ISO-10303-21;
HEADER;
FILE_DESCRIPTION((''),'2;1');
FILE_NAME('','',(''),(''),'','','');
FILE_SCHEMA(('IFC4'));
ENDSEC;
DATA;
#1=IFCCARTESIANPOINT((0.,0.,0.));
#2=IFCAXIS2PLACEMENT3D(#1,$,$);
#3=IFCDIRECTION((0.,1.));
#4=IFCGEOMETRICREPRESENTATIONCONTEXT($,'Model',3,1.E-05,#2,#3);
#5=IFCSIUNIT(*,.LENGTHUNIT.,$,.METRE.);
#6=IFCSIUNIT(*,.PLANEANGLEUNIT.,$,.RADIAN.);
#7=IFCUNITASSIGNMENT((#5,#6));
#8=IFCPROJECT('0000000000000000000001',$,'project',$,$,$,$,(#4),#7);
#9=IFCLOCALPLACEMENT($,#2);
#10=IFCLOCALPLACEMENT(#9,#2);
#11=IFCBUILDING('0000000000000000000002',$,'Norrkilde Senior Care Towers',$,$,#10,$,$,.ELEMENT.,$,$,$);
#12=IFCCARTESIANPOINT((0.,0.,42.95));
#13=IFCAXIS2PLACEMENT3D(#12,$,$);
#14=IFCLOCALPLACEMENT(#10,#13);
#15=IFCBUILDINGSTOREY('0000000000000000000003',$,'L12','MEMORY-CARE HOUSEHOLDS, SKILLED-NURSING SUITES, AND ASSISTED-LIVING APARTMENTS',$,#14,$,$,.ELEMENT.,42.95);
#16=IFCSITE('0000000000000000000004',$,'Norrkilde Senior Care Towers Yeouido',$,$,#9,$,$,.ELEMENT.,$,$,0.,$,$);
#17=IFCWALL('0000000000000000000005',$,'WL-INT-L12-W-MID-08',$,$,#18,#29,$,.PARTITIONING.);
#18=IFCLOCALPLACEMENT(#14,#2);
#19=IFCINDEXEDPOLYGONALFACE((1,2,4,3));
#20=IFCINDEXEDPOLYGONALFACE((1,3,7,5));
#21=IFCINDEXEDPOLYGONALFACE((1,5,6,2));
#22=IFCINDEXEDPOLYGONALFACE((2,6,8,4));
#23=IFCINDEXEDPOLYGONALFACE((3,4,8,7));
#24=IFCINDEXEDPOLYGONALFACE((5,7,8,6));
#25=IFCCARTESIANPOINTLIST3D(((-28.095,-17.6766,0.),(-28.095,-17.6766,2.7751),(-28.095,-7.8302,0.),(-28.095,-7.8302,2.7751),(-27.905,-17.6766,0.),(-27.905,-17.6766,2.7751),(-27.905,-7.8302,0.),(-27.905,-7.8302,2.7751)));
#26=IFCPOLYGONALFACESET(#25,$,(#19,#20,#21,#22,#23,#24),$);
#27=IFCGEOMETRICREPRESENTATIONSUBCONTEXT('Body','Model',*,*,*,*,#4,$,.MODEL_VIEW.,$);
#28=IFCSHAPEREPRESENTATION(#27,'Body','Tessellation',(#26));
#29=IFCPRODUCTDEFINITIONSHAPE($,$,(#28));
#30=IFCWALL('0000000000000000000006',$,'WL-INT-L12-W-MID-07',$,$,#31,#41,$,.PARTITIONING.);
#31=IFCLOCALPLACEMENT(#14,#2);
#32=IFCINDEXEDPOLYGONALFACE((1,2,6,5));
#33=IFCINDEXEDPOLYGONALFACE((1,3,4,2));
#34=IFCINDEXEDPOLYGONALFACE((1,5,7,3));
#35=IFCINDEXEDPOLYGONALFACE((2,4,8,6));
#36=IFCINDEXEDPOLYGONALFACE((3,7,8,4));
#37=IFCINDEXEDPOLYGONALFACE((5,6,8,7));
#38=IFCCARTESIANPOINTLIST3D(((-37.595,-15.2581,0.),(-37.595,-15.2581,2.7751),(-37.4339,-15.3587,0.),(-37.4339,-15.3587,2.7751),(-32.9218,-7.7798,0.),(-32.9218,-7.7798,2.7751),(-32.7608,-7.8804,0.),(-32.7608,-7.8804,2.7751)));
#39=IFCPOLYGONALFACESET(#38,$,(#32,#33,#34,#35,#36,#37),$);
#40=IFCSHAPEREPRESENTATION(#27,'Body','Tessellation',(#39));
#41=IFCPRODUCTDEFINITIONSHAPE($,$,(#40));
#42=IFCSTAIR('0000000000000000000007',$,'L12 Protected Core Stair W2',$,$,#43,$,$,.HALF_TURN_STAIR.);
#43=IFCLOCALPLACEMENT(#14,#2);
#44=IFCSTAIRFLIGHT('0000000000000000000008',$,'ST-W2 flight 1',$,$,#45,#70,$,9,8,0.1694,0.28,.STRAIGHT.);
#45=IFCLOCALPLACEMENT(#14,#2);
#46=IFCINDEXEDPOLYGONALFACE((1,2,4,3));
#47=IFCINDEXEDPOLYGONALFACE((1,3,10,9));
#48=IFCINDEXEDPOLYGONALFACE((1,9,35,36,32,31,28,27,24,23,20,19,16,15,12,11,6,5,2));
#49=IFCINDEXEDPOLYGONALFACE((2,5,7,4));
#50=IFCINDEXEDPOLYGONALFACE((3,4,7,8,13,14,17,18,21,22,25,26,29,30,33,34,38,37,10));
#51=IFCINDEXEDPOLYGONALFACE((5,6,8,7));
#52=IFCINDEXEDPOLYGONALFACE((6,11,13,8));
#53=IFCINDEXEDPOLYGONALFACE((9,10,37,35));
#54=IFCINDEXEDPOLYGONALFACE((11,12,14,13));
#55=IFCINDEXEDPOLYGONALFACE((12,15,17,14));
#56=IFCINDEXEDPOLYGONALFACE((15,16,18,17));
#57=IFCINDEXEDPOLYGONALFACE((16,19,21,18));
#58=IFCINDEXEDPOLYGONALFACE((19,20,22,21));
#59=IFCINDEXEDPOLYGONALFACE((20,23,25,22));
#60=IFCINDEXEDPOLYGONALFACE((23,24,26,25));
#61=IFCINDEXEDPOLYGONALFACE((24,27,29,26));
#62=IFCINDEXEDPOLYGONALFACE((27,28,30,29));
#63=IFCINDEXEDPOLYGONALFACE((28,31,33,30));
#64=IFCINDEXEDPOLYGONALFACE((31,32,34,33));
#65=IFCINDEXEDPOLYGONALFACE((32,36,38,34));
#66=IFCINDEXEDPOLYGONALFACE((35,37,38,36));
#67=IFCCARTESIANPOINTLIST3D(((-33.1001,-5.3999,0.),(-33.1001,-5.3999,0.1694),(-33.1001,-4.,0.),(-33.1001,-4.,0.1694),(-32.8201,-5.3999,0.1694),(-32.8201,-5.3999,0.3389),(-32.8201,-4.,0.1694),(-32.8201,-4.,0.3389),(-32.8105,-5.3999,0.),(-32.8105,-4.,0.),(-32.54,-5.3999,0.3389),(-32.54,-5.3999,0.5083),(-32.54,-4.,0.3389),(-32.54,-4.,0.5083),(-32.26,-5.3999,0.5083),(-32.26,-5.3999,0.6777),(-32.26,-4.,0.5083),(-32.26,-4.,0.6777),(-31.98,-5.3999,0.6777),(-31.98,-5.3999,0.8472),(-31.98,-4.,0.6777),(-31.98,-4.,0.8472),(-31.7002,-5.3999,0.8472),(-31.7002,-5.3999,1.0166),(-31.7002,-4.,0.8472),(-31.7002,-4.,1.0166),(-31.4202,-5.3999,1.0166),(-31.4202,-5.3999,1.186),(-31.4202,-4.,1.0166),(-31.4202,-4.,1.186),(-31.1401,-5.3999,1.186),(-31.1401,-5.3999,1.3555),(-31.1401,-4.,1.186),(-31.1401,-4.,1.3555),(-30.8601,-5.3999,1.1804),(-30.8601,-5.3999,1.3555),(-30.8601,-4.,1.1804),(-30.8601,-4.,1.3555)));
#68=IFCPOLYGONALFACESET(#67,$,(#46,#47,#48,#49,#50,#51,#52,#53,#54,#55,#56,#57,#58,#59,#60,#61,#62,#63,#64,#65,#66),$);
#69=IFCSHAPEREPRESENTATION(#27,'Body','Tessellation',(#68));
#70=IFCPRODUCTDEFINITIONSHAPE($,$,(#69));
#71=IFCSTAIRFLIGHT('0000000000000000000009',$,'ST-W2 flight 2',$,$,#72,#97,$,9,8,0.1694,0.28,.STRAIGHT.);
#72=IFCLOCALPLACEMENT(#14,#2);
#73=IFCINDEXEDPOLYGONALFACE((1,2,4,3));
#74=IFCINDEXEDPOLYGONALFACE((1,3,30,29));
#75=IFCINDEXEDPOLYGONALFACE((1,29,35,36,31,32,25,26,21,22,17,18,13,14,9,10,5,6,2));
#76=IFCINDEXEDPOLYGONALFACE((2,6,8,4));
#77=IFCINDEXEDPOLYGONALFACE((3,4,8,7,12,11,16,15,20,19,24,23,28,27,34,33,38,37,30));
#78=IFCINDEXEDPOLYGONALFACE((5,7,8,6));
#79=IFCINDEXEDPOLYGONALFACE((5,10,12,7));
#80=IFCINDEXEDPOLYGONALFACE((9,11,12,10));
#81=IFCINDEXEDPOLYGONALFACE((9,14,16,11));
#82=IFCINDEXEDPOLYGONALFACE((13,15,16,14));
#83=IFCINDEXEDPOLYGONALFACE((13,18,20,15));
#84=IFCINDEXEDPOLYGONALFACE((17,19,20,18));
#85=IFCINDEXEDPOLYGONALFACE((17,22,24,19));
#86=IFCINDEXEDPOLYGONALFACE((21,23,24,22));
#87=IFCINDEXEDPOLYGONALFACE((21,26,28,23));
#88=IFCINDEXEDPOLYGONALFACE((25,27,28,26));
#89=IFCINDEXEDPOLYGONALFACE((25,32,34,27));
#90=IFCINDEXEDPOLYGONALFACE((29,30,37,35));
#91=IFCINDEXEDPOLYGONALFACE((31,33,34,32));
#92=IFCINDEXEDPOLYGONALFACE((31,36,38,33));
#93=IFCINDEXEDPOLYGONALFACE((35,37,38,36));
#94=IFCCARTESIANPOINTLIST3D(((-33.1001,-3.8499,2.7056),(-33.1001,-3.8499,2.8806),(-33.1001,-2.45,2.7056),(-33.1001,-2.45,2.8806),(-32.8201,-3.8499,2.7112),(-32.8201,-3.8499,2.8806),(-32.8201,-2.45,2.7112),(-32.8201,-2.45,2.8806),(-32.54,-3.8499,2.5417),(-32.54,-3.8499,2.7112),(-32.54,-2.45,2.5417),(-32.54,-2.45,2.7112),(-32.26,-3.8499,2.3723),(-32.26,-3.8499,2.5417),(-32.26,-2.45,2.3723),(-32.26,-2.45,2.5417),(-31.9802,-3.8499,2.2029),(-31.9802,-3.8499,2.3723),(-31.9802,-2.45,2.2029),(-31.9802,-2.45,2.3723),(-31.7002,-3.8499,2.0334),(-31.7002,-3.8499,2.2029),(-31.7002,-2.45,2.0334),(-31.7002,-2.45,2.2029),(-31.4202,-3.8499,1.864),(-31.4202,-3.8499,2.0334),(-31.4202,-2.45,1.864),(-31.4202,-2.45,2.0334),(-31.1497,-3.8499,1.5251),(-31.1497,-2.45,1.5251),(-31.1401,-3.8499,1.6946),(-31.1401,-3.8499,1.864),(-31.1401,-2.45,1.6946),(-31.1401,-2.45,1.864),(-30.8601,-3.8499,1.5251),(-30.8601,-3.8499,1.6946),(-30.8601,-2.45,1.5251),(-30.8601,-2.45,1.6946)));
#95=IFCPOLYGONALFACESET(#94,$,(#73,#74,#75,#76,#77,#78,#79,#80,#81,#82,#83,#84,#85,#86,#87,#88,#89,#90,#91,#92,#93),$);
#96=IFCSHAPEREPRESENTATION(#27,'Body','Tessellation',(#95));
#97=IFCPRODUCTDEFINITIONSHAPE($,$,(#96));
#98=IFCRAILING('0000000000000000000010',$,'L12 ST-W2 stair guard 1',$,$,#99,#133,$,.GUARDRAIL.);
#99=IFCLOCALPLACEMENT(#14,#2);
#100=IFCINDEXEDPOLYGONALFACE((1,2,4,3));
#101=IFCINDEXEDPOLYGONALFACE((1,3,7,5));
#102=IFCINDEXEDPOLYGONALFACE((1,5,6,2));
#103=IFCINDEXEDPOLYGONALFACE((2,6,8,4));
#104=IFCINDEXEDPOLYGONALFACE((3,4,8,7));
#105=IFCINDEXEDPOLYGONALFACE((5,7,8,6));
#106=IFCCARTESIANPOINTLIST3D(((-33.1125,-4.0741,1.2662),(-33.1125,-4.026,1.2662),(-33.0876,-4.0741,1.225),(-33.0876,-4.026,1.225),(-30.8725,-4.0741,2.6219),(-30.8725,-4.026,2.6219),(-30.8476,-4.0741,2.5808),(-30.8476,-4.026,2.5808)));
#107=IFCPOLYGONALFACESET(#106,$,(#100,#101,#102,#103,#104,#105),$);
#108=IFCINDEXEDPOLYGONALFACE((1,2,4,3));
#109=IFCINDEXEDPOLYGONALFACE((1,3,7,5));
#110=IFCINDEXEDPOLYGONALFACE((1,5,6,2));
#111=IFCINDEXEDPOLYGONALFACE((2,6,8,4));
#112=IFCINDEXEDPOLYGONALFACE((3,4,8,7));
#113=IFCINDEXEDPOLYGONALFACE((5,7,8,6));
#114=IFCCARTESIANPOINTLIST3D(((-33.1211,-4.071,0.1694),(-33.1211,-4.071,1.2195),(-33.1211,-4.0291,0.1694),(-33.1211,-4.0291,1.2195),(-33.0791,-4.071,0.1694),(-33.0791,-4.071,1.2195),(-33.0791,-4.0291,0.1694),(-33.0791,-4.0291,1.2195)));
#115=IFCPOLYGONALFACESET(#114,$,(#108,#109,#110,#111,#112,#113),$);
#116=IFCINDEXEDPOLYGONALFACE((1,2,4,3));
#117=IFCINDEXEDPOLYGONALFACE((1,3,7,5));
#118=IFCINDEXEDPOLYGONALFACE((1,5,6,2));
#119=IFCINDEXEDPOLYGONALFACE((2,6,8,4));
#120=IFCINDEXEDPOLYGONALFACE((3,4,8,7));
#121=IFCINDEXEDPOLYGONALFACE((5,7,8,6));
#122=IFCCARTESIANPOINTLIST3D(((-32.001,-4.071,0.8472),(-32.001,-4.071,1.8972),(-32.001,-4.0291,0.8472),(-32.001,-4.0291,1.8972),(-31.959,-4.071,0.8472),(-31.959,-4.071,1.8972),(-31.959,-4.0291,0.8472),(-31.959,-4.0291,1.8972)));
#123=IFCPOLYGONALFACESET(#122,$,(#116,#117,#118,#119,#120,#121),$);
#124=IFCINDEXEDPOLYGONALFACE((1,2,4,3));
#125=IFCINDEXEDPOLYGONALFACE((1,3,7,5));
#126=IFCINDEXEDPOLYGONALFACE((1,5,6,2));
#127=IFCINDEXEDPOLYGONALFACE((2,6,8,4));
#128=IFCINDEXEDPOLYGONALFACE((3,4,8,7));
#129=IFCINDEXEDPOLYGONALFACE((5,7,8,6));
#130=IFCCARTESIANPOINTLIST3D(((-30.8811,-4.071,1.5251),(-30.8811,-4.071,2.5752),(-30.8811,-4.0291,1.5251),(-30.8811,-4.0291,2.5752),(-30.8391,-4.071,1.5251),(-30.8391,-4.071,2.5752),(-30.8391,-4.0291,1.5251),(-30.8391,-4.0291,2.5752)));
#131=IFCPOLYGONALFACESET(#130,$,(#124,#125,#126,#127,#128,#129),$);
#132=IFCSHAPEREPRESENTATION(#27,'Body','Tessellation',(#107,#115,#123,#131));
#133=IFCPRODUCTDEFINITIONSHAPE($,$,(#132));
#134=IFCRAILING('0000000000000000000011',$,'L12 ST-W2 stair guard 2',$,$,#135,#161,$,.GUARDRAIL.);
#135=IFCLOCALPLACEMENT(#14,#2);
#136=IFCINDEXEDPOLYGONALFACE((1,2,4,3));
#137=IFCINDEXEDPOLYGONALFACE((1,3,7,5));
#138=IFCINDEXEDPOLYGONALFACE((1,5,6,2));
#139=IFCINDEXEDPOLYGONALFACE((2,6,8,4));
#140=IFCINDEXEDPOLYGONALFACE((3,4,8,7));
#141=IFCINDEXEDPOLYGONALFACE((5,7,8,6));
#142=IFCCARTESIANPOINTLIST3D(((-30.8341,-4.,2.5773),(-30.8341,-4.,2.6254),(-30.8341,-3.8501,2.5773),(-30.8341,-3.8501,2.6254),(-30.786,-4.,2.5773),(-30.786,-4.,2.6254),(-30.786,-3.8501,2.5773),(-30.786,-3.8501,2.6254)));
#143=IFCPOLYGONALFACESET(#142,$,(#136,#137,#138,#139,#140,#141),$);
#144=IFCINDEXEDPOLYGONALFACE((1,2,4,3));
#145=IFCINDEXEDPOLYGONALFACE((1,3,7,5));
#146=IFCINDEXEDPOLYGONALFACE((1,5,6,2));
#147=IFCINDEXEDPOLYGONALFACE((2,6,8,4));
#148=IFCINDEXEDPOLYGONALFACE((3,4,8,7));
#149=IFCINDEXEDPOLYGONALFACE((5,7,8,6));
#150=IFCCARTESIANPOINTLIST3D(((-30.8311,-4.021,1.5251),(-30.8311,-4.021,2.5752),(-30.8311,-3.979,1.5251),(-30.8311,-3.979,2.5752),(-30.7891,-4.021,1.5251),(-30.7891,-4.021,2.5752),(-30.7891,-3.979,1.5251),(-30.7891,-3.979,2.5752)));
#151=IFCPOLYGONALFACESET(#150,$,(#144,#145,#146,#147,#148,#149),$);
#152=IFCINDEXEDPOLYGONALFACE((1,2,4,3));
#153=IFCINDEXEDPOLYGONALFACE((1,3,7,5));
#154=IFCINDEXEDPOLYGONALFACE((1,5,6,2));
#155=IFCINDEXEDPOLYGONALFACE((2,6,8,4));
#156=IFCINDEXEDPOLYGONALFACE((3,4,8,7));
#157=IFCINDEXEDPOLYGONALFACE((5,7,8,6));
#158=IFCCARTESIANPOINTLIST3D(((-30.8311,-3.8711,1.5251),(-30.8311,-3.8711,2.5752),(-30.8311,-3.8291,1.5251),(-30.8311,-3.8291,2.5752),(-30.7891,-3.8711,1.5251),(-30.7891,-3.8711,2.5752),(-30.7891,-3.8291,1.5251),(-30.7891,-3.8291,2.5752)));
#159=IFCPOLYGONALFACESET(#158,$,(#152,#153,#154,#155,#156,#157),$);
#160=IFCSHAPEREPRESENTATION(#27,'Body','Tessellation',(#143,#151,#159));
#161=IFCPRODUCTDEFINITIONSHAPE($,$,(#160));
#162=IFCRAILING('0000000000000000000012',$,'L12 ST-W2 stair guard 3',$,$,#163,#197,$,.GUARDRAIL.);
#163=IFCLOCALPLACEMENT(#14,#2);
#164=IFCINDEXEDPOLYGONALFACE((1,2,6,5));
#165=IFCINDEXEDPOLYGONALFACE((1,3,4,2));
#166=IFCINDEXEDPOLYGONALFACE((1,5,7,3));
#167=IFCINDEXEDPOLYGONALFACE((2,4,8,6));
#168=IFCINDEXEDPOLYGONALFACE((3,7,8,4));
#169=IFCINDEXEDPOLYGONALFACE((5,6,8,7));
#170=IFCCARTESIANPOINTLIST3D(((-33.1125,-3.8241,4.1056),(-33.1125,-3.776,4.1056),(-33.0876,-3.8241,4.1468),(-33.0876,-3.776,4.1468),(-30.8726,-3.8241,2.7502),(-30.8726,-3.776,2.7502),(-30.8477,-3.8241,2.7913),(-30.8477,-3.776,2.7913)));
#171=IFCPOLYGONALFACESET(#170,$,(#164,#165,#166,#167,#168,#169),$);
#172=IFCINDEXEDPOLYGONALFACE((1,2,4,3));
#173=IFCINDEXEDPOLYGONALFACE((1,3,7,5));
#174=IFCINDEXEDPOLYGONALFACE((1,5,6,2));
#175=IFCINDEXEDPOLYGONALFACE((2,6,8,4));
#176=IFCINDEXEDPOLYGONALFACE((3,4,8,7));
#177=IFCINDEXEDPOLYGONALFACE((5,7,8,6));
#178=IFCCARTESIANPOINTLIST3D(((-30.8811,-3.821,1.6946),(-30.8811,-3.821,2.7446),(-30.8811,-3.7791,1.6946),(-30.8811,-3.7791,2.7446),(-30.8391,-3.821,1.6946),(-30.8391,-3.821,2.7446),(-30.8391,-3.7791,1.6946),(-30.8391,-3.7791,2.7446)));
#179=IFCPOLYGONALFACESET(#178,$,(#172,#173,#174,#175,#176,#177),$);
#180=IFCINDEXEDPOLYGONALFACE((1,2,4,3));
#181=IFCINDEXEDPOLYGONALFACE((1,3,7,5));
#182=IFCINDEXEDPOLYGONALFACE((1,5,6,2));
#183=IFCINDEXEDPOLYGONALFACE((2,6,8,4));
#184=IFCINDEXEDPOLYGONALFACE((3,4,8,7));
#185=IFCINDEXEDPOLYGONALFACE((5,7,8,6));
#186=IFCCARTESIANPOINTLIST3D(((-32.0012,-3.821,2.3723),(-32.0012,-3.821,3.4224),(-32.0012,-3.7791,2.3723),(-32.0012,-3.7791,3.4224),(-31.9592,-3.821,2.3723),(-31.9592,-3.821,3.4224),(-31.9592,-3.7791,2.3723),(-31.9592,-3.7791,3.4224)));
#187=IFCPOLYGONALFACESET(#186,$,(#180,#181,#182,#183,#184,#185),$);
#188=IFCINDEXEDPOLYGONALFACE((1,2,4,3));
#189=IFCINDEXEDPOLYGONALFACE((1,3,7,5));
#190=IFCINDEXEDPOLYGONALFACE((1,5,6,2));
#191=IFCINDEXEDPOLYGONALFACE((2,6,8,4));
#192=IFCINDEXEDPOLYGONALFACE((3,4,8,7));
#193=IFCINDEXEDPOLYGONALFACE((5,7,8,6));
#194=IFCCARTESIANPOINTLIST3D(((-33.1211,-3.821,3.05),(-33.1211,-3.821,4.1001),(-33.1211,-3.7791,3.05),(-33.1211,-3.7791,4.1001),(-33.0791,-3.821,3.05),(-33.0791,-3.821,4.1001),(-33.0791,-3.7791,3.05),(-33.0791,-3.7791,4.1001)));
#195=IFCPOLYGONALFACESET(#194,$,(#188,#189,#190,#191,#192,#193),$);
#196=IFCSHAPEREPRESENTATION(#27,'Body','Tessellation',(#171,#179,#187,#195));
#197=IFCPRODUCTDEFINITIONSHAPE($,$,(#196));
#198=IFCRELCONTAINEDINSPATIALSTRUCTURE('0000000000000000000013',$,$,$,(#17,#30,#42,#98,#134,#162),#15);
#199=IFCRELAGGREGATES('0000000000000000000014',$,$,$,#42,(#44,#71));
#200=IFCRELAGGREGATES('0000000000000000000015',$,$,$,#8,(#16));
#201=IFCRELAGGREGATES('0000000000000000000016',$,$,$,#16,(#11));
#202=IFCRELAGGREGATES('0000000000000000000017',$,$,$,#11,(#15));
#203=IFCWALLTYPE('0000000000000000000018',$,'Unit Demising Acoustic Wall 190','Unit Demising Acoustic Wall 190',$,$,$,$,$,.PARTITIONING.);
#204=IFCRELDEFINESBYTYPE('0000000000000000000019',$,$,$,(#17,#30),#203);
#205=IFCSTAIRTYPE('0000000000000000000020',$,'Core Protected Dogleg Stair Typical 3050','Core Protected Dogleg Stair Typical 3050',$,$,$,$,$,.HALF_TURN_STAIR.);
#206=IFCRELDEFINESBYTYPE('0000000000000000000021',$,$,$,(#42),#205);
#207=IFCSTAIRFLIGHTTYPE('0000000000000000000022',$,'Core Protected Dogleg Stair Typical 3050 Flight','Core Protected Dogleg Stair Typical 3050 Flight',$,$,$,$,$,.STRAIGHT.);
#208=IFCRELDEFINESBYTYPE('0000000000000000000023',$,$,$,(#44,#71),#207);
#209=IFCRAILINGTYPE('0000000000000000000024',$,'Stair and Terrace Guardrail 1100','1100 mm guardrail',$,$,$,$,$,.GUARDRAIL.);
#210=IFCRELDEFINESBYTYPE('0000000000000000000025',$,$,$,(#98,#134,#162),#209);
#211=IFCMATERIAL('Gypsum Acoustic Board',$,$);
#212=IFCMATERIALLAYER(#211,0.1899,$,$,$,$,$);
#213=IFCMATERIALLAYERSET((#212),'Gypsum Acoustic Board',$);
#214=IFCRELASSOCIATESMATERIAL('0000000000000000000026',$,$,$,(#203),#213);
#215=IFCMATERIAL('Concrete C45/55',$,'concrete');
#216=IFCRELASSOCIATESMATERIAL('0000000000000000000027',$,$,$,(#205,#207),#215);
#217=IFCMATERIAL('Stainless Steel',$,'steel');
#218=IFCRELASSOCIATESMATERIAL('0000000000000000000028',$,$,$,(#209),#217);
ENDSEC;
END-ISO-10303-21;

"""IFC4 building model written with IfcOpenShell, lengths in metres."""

from ifc_helpers import new_model, si_unit, direction, frame, frame_2d, origin, origin_2d, place, context, subcontext, project, spatial, polyline, rectangle, outline, extrude, source, transform, mapped, material, layer, layer_set, type_object, element, aggregate, save


model = new_model("IFC4")

# Units and contexts
model_context = context("Model", 3, precision=1e-05, world=origin(), true_north=direction((0.0, 1.0)))
body_context = subcontext(model_context, "Body", "Model", "MODEL_VIEW")
ifc_project = project(units=[si_unit("LENGTHUNIT", "METRE"), si_unit("PLANEANGLEUNIT", "RADIAN")], contexts=[model_context])

# Site, building, storey
site_placement = place(None, origin())
site = spatial("IfcSite", under=ifc_project, at=site_placement, Name="Norrkilde Senior Care Towers Yeouido", CompositionType="ELEMENT", RefElevation=0.0)
building_placement = place(site_placement, origin())
building = spatial("IfcBuilding", under=site, at=building_placement, Name="Norrkilde Senior Care Towers", CompositionType="ELEMENT")
storey_placement = place(building_placement, frame((0.0, 0.0, 42.95)))
storey = spatial("IfcBuildingStorey", under=building, at=storey_placement, Name="L12", Description="MEMORY-CARE HOUSEHOLDS, SKILLED-NURSING SUITES, AND ASSISTED-LIVING APARTMENTS", CompositionType="ELEMENT", Elevation=42.95)

# Shared definitions
ifc_material_1 = material(Name="Concrete C45/55", Category="concrete")

# Shared definitions
ifc_material_2 = material(Name="Stainless Steel", Category="steel")

# Walls
ifc_material_3 = material(Name="Gypsum Acoustic Board")
ifc_layer_1 = layer(ifc_material_3, 0.1899)
ifc_layer_set_1 = layer_set([ifc_layer_1], Name="Gypsum Acoustic Board")
wall_type_1 = type_object("IfcWallType", Name="Unit Demising Acoustic Wall 190", Description="Unit Demising Acoustic Wall 190", PredefinedType="PARTITIONING", material=ifc_layer_set_1)
shared_shape_1 = source(origin(), body_context, "Body", "SweptSolid", [
    extrude(rectangle(XDim=9.8464, YDim=0.1899, at=frame_2d((4.9233, 0.0))), origin(), (0.0, 0.0, 1.0), 2.7751),
])
wall_1_placement = place(storey_placement, frame((-28.0, -7.8301, 0.0), z_axis=(0.0, 0.0, 1.0), x_axis=(0.0, -1.0, 0.0)))
element("IfcWall", 1, at=wall_1_placement, inside=storey, type_object=wall_type_1, Name="WL-INT-L12-W-MID-08", PredefinedType="PARTITIONING", context=body_context, shape_type="MappedRepresentation", body=[
    mapped(shared_shape_1, transform((0.0, 0.0, 0.0), x_axis=(1.0, 0.0, 0.0), y_axis=(0.0, 1.0, 0.0), z_axis=(0.0, 0.0, 1.0), scale=1.0)),
])
shared_shape_2 = source(origin(), body_context, "Body", "SweptSolid", [
    extrude(rectangle(XDim=8.8184, YDim=0.1899, at=frame_2d((4.4092, 0.0))), origin(), (0.0, 0.0, 1.0), 2.7751),
])
wall_2_placement = place(storey_placement, frame((-32.8413, -7.8301, 0.0), z_axis=(0.0, 0.0, 1.0), x_axis=(-0.529932, -0.84804, 0.0)))
element("IfcWall", 2, at=wall_2_placement, inside=storey, type_object=wall_type_1, Name="WL-INT-L12-W-MID-07", PredefinedType="PARTITIONING", context=body_context, shape_type="MappedRepresentation", body=[
    mapped(shared_shape_2, transform((0.0, 0.0, 0.0), x_axis=(1.0, 0.0, 0.0), y_axis=(0.0, 1.0, 0.0), z_axis=(0.0, 0.0, 1.0), scale=1.0)),
])

# Stair, stair flights
stair_type = type_object("IfcStairType", Name="Core Protected Dogleg Stair Typical 3050", Description="Core Protected Dogleg Stair Typical 3050", PredefinedType="HALF_TURN_STAIR", material=ifc_material_1)
stair_placement = place(storey_placement, origin())
stair = element("IfcStair", 3, at=stair_placement, inside=storey, type_object=stair_type, Name="L12 Protected Core Stair W2", PredefinedType="HALF_TURN_STAIR")
stair_flight_type = type_object("IfcStairFlightType", Name="Core Protected Dogleg Stair Typical 3050 Flight", Description="Core Protected Dogleg Stair Typical 3050 Flight", PredefinedType="STRAIGHT", material=ifc_material_1)
stair_flight_1_placement = place(storey_placement, frame((-33.1001, -4.7, 0.0), z_axis=(0.0, 0.0, 1.0), x_axis=(1.0, 0.0, 0.0)))
stair_flight_1 = element("IfcStairFlight", 4, at=stair_flight_1_placement, type_object=stair_flight_type, Name="ST-W2 flight 1", NumberOfRisers=9, NumberOfTreads=8, PredefinedType="STRAIGHT", RiserHeight=0.1694, TreadLength=0.28, context=body_context, shape_type="SweptSolid", body=[
    extrude(outline(polyline([(0.0, 0.0), (0.0, 0.1694), (0.28, 0.1694), (0.28, 0.3389), (0.5601, 0.3389), (0.5601, 0.5083), (0.8401, 0.5083), (0.8401, 0.6777), (1.1201, 0.6777), (1.1201, 0.8472), (1.3999, 0.8472), (1.3999, 1.0166), (1.6799, 1.0166), (1.6799, 1.186), (1.96, 1.186), (1.96, 1.3555), (2.24, 1.3555), (2.24, 1.5249), (2.24, 1.1804), (0.2896, 0.0), (0.0, 0.0)])), frame((0.0, 0.7, 0.0), z_axis=(0.0, -1.0, 0.0), x_axis=(1.0, 0.0, 0.0)), (0.0, 0.0, 1.0), 1.3999),
])
stair_flight_2_placement = place(storey_placement, frame((-30.8601, -3.1499, 1.5251), z_axis=(0.0, 0.0, 1.0), x_axis=(-1.0, 0.0, 0.0)))
stair_flight_2 = element("IfcStairFlight", 5, at=stair_flight_2_placement, type_object=stair_flight_type, Name="ST-W2 flight 2", NumberOfRisers=9, NumberOfTreads=8, PredefinedType="STRAIGHT", RiserHeight=0.1694, TreadLength=0.28, context=body_context, shape_type="SweptSolid", body=[
    extrude(outline(polyline([(0.0, 0.0), (0.0, 0.1694), (0.28, 0.1694), (0.28, 0.3389), (0.5601, 0.3389), (0.5601, 0.5083), (0.8401, 0.5083), (0.8401, 0.6777), (1.1201, 0.6777), (1.1201, 0.8472), (1.3999, 0.8472), (1.3999, 1.0166), (1.6799, 1.0166), (1.6799, 1.186), (1.96, 1.186), (1.96, 1.3555), (2.24, 1.3555), (2.24, 1.5249), (2.24, 1.1804), (0.2896, 0.0), (0.0, 0.0)])), frame((0.0, 0.7, 0.0), z_axis=(0.0, -1.0, 0.0), x_axis=(1.0, 0.0, 0.0)), (0.0, 0.0, 1.0), 1.3999),
])
aggregate(stair, [stair_flight_1, stair_flight_2])

# Railings
railing_type_1 = type_object("IfcRailingType", Name="Stair and Terrace Guardrail 1100", Description="1100 mm guardrail", PredefinedType="GUARDRAIL", material=ifc_material_2)
railing_1_placement = place(storey_placement, frame((-33.1001, -4.05, 0.1694)))
element("IfcRailing", 6, at=railing_1_placement, inside=storey, type_object=railing_type_1, Name="L12 ST-W2 stair guard 1", PredefinedType="GUARDRAIL", context=body_context, shape_type="SweptSolid", body=[
    extrude(rectangle(XDim=0.0481, YDim=0.0481, at=origin_2d()), frame((0.0, 0.0, 1.0762), z_axis=(0.855512, 0.0, 0.517783), x_axis=(0.0, 1.0, 0.0)), (0.0, 0.0, 1.0), 2.6184),
    extrude(rectangle(XDim=0.042, YDim=0.042, at=origin_2d()), origin(), (0.0, 0.0, 1.0), 1.05),
    extrude(rectangle(XDim=0.042, YDim=0.042, at=origin_2d()), frame((1.1201, 0.0, 0.6777)), (0.0, 0.0, 1.0), 1.05),
    extrude(rectangle(XDim=0.042, YDim=0.042, at=origin_2d()), frame((2.24, 0.0, 1.3557)), (0.0, 0.0, 1.0), 1.05),
])
railing_2_placement = place(storey_placement, frame((-30.8101, -4.0, 1.5251)))
element("IfcRailing", 7, at=railing_2_placement, inside=storey, type_object=railing_type_1, Name="L12 ST-W2 stair guard 2", PredefinedType="GUARDRAIL", context=body_context, shape_type="SweptSolid", body=[
    extrude(rectangle(XDim=0.0481, YDim=0.0481, at=origin_2d()), frame((0.0, 0.0, 1.0762), z_axis=(0.0, 1.0, 0.0), x_axis=(-1.0, 0.0, 0.0)), (0.0, 0.0, 1.0), 0.1499),
    extrude(rectangle(XDim=0.042, YDim=0.042, at=origin_2d()), origin(), (0.0, 0.0, 1.0), 1.05),
    extrude(rectangle(XDim=0.042, YDim=0.042, at=origin_2d()), frame((0.0, 0.1499, 0.0)), (0.0, 0.0, 1.0), 1.05),
])
railing_3_placement = place(storey_placement, frame((-30.8601, -3.8, 1.6946)))
element("IfcRailing", 8, at=railing_3_placement, inside=storey, type_object=railing_type_1, Name="L12 ST-W2 stair guard 3", PredefinedType="GUARDRAIL", context=body_context, shape_type="SweptSolid", body=[
    extrude(rectangle(XDim=0.0481, YDim=0.0481, at=origin_2d()), frame((0.0, 0.0, 1.0762), z_axis=(-0.855553, 0.0, 0.517715), x_axis=(0.0, -1.0, 0.0)), (0.0, 0.0, 1.0), 2.6182),
    extrude(rectangle(XDim=0.042, YDim=0.042, at=origin_2d()), origin(), (0.0, 0.0, 1.0), 1.05),
    extrude(rectangle(XDim=0.042, YDim=0.042, at=origin_2d()), frame((-1.1201, 0.0, 0.6777)), (0.0, 0.0, 1.0), 1.05),
    extrude(rectangle(XDim=0.042, YDim=0.042, at=origin_2d()), frame((-2.24, 0.0, 1.3555)), (0.0, 0.0, 1.0), 1.05),
])

save(model, "model.ifc")
